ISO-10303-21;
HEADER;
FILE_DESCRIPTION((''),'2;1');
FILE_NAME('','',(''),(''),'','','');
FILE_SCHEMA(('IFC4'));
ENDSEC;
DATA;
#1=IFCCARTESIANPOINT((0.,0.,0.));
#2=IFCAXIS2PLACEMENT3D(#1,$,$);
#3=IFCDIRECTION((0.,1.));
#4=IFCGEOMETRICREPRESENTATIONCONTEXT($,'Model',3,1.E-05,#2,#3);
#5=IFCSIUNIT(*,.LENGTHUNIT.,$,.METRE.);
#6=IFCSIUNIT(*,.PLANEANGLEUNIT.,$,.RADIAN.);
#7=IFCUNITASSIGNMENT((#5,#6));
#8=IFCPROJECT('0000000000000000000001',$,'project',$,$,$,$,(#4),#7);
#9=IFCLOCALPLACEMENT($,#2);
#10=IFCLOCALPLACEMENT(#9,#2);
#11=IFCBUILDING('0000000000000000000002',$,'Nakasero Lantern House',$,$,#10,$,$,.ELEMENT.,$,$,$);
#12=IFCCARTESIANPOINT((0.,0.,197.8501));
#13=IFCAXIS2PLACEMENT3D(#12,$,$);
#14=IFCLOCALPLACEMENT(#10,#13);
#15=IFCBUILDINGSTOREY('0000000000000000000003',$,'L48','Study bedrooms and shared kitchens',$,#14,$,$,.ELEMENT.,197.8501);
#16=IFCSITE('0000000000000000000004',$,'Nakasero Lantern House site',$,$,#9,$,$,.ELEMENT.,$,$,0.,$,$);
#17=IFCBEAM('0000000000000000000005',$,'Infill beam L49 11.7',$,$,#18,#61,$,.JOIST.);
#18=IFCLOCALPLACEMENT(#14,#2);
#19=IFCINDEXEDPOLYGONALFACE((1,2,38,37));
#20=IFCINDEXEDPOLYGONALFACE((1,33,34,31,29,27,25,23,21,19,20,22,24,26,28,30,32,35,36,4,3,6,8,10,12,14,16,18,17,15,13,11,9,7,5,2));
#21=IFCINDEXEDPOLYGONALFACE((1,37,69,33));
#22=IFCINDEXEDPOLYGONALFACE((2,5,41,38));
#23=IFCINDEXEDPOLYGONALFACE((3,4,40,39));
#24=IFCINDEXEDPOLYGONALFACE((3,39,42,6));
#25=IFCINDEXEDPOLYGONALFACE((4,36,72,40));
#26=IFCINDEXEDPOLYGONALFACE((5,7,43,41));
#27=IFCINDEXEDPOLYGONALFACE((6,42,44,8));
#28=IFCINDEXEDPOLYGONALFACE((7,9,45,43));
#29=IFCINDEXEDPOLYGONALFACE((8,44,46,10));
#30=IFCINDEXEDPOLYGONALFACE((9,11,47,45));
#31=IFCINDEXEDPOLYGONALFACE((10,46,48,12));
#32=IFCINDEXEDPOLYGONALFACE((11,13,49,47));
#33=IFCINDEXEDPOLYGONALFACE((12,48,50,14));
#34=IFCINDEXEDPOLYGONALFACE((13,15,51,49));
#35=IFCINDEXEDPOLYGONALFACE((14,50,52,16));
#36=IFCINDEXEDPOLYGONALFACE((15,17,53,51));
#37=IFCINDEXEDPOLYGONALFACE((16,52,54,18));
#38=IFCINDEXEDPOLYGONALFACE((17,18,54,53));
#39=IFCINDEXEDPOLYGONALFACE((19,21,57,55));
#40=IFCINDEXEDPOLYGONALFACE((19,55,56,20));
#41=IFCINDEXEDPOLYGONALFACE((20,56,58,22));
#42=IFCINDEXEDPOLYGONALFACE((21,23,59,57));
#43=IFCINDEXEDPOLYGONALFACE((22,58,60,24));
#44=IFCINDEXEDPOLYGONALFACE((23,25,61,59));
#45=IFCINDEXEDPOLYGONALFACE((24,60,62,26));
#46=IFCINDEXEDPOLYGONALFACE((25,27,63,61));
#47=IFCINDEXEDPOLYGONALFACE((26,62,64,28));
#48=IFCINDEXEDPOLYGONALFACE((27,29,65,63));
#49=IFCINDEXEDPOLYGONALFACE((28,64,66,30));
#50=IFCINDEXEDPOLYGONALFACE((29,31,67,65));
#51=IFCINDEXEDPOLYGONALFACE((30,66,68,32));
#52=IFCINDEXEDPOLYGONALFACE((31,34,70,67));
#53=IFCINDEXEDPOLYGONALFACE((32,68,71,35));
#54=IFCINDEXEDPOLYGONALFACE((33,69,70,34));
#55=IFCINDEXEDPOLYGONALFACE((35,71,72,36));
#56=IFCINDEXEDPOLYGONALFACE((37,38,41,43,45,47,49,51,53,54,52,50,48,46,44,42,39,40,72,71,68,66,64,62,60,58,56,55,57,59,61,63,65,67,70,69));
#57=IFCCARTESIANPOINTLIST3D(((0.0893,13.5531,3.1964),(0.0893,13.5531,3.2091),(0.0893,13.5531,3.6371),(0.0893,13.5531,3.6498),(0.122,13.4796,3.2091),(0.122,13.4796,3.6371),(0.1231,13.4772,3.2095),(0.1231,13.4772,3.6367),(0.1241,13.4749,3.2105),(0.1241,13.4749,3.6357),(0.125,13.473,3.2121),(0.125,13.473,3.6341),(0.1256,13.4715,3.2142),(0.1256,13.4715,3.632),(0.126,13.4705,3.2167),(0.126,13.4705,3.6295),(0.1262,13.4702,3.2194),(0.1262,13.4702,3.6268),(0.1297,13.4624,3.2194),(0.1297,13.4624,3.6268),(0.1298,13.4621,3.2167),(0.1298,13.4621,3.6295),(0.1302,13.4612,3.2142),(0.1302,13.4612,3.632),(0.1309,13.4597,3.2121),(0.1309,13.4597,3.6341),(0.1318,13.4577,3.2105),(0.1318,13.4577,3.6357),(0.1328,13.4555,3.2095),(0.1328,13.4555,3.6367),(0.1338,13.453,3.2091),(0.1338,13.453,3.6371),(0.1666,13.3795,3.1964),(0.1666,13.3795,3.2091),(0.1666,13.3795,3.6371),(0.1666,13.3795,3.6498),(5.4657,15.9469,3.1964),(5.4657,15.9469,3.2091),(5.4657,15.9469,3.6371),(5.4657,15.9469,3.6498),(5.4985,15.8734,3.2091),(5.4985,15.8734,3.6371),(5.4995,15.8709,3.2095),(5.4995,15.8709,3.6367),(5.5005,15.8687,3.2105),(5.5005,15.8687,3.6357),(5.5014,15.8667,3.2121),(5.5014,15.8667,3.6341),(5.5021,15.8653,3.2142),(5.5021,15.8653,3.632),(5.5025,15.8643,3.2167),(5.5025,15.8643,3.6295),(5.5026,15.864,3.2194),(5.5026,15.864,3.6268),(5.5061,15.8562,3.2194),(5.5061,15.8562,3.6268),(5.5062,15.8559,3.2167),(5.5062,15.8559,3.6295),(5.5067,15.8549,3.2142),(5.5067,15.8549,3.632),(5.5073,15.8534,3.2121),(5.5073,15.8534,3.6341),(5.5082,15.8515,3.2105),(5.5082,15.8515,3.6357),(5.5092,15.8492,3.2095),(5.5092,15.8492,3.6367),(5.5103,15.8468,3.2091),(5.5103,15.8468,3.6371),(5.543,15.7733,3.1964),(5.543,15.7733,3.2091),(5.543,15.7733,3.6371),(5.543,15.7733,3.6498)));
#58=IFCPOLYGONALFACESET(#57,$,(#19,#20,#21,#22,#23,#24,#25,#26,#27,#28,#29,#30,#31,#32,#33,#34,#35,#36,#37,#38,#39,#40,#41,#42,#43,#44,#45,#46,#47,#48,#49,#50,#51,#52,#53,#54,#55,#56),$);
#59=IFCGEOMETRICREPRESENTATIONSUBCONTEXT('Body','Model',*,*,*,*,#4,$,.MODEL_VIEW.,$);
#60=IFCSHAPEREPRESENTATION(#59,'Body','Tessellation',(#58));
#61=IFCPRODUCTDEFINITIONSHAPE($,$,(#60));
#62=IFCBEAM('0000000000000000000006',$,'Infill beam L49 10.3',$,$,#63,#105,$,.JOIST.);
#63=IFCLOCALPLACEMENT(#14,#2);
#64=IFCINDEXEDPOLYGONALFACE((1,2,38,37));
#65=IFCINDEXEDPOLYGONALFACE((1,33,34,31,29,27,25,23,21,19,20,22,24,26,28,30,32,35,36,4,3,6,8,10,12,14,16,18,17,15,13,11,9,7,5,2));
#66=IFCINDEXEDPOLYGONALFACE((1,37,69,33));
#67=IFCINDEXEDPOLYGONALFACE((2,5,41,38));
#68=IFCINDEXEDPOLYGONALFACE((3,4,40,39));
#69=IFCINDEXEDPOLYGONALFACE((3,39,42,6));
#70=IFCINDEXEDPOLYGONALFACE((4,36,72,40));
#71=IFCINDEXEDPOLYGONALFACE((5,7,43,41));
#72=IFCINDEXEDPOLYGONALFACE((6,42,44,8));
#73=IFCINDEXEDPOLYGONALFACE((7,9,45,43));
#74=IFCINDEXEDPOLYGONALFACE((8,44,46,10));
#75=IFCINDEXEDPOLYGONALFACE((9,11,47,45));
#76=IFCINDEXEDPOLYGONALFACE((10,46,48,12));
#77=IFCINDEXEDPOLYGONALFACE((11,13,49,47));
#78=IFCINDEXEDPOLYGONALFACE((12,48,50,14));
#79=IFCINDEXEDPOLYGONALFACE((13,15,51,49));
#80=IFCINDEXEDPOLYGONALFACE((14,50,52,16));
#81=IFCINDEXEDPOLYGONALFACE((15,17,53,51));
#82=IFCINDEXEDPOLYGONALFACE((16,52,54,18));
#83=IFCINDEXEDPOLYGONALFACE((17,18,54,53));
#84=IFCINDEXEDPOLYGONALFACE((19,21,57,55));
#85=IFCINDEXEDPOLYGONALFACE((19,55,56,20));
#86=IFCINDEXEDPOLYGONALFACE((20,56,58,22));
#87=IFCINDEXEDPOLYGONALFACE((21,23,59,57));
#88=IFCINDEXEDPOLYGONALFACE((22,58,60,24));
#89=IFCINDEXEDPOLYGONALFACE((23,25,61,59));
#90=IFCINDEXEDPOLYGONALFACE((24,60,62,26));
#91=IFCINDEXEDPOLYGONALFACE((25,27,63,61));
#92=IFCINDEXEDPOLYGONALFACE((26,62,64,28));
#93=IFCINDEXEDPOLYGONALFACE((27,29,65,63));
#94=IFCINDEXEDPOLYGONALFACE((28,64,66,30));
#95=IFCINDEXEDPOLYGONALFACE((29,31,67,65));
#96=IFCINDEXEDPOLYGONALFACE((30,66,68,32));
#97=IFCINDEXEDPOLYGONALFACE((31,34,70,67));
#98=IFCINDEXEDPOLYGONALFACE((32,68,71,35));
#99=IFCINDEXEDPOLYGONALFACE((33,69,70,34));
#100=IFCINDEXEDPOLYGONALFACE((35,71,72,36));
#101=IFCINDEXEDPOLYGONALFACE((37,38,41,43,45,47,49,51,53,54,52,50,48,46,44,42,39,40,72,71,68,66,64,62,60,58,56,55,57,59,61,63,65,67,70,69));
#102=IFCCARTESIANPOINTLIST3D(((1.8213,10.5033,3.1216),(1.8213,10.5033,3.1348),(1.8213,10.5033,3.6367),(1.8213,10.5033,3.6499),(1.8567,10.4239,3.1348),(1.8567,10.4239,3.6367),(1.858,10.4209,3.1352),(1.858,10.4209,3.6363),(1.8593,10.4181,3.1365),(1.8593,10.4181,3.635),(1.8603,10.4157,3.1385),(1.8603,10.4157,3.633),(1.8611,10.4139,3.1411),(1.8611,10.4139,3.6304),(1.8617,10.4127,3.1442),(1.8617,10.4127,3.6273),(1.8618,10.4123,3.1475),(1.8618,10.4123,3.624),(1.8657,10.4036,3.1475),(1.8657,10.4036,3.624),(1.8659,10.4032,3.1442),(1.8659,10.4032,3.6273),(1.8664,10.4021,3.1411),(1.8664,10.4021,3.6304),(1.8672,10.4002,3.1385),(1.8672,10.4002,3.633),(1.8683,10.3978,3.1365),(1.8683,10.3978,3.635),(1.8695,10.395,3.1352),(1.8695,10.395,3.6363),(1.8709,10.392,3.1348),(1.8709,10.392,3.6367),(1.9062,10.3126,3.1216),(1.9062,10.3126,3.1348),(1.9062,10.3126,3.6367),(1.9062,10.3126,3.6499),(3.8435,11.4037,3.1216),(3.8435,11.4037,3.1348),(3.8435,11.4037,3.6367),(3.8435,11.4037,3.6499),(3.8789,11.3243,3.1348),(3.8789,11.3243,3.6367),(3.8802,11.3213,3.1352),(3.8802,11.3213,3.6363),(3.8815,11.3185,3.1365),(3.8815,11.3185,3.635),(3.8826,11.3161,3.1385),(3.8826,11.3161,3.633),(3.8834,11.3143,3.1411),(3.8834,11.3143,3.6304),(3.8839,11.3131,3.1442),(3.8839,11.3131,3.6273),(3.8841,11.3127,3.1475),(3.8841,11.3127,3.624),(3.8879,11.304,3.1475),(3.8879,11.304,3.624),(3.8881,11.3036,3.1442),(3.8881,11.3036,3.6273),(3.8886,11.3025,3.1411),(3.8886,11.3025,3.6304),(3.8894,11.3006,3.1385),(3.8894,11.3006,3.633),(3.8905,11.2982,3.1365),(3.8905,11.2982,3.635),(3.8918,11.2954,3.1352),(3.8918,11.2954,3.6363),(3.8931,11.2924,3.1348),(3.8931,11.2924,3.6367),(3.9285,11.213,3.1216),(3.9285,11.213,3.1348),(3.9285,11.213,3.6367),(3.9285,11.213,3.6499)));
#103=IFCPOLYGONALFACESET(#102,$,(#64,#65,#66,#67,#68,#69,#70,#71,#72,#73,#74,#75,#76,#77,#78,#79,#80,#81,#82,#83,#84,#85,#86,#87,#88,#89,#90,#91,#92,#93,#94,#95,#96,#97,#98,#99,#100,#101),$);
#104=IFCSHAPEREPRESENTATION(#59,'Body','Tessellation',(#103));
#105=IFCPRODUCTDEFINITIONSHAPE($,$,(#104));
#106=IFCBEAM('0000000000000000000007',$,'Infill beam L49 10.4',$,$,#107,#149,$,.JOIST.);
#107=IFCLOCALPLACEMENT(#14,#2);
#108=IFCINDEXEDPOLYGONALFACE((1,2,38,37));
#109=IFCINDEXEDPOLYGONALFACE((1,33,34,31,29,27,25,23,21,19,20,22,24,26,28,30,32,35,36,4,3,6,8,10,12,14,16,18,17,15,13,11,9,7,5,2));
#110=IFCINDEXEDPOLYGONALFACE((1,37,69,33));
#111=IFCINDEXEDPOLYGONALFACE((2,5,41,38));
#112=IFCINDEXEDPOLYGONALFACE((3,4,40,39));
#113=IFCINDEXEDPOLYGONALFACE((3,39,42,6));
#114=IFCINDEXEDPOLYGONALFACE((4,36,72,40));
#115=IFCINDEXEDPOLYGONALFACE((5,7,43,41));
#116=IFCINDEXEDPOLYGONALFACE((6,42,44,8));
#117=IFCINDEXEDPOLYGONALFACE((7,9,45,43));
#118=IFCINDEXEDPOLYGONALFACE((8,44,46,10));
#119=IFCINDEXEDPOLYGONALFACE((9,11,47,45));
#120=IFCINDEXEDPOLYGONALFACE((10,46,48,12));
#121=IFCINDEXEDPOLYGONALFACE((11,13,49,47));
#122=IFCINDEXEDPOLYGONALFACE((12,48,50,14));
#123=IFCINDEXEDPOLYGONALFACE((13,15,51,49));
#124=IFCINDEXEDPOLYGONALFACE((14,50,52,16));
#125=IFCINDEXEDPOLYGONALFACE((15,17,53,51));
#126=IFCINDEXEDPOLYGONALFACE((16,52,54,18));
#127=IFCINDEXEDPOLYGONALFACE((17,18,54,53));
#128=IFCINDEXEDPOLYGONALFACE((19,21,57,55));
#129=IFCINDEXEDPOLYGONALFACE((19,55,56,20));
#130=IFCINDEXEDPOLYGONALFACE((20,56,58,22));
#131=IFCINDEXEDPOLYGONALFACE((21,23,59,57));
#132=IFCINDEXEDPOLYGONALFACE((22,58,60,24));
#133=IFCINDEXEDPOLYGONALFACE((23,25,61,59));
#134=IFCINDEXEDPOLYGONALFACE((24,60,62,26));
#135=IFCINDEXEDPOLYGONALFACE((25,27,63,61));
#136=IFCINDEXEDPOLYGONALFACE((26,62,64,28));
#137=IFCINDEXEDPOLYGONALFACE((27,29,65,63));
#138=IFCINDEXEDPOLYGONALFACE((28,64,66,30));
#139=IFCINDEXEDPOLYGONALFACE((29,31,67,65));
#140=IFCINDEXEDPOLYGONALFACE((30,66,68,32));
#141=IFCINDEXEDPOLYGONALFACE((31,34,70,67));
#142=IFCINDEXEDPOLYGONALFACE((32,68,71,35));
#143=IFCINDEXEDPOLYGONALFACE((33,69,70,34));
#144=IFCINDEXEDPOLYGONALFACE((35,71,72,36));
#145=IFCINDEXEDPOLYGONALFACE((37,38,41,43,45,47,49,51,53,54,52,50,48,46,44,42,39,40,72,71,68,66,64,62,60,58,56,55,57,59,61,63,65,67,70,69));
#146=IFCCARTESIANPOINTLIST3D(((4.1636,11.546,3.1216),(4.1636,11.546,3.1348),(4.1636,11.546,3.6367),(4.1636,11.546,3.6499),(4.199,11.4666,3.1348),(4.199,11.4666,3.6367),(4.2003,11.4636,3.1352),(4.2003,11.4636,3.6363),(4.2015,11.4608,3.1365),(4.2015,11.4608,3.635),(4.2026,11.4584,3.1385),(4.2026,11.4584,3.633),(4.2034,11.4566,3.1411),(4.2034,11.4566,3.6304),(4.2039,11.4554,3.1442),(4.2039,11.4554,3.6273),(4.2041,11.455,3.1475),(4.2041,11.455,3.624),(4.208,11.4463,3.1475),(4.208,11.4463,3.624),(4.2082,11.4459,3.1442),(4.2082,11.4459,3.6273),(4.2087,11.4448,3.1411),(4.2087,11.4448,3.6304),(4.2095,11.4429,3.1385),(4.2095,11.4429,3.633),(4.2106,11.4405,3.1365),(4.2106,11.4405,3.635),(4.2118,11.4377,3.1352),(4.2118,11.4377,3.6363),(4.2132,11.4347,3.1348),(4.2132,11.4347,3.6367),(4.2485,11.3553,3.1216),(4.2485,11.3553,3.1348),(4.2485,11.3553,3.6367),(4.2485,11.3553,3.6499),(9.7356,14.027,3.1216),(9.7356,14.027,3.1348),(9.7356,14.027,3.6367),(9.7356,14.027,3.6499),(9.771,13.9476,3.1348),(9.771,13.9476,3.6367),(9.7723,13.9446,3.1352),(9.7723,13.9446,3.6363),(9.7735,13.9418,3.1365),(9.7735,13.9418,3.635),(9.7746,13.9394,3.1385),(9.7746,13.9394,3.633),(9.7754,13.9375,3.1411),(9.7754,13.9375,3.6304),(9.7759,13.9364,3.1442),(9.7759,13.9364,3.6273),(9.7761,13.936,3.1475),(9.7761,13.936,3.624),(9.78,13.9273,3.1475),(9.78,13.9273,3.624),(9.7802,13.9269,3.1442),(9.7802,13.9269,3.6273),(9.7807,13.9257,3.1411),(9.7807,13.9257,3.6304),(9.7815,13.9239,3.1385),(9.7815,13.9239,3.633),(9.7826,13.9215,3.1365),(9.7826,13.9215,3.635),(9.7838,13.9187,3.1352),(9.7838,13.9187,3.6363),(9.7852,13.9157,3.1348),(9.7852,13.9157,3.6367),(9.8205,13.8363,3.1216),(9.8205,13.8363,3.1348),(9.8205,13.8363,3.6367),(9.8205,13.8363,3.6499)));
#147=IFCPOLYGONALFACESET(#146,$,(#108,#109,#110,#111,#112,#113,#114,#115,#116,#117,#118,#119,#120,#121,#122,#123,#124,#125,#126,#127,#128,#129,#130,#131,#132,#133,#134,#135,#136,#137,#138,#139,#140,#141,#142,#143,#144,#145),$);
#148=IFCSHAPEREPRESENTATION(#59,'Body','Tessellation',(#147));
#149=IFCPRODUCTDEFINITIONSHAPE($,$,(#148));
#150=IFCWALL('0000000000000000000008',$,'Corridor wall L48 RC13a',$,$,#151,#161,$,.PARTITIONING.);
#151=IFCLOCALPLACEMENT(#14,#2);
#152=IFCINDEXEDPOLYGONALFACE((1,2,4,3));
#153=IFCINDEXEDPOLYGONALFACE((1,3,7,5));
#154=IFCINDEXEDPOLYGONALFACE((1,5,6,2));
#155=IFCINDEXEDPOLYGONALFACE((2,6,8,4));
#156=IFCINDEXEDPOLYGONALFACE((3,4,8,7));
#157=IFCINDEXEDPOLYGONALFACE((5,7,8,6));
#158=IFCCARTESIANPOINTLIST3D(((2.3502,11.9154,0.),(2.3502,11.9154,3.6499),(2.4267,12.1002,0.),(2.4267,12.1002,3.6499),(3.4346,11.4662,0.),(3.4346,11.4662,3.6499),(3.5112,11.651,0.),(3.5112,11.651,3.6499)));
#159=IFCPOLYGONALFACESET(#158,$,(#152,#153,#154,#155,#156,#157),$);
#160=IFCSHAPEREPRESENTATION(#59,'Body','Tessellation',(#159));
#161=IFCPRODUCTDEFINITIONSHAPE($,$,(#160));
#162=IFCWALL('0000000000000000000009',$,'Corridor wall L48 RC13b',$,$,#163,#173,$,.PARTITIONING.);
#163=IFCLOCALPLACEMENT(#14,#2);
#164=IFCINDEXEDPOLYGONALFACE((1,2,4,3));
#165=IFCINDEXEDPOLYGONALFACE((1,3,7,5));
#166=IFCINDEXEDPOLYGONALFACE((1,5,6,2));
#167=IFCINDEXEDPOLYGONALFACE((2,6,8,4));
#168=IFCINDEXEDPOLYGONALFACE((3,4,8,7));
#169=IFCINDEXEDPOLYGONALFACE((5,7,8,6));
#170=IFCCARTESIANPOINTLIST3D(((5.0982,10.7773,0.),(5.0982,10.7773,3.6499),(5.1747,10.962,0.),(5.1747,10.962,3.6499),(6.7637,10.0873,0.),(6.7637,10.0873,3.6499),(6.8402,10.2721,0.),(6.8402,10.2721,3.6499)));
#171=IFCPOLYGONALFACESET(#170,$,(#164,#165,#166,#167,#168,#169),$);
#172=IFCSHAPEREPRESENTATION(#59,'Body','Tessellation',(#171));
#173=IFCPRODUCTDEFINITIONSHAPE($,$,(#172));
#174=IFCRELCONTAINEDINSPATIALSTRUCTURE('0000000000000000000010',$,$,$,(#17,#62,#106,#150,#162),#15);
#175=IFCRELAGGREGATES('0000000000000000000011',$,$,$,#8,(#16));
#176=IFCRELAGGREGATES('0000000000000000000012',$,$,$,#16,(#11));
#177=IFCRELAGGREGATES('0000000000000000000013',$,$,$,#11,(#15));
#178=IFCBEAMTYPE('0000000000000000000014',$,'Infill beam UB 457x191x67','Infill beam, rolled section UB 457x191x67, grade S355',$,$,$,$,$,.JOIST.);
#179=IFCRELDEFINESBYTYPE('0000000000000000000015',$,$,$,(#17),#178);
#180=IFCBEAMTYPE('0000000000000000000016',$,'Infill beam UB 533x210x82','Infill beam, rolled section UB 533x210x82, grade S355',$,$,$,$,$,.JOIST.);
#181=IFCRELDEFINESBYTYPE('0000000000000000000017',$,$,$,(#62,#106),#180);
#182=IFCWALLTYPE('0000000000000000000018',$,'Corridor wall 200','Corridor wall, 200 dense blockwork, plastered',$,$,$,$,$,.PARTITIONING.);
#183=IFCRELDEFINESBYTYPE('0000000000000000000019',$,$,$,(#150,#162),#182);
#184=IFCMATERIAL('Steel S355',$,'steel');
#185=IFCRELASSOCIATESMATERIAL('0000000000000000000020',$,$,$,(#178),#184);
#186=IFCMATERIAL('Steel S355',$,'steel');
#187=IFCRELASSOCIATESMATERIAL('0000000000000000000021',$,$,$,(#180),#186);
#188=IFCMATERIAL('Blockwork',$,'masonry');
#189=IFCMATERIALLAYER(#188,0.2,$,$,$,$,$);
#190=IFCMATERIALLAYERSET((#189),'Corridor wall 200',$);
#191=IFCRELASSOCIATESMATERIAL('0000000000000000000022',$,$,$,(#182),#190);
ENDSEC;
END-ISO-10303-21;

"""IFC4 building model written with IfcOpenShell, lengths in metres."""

from ifc_helpers import new_model, si_unit, direction, frame, frame_2d, origin, origin_2d, place, context, subcontext, project, spatial, rectangle, i_section, extrude, material, layer, layer_set, material_profile, profile_set, type_object, element, save


model = new_model("IFC4")

# Units and contexts
model_context = context("Model", 3, precision=1e-05, world=origin(), true_north=direction((0.0, 1.0)))
body_context = subcontext(model_context, "Body", "Model", "MODEL_VIEW")
ifc_project = project(units=[si_unit("LENGTHUNIT", "METRE"), si_unit("PLANEANGLEUNIT", "RADIAN")], contexts=[model_context])

# Site, building, storey
site_placement = place(None, origin())
site = spatial("IfcSite", under=ifc_project, at=site_placement, Name="Nakasero Lantern House site", CompositionType="ELEMENT", RefElevation=0.0)
building_placement = place(site_placement, origin())
building = spatial("IfcBuilding", under=site, at=building_placement, Name="Nakasero Lantern House", CompositionType="ELEMENT")
storey_placement = place(building_placement, frame((0.0, 0.0, 197.8501)))
storey = spatial("IfcBuildingStorey", under=building, at=storey_placement, Name="L48", Description="Study bedrooms and shared kitchens", CompositionType="ELEMENT", Elevation=197.8501)

# Beams
ifc_material_1 = material(Name="Steel S355", Category="steel")
ifc_material_profile_1 = material_profile(ifc_material_1, i_section(OverallWidth=0.1899, OverallDepth=0.4534, WebThickness=0.0085, FlangeThickness=0.0127, FilletRadius=0.0103, at=origin_2d()), Name="UB 457x191x67")
ifc_profile_set_1 = profile_set([ifc_material_profile_1], Name="Steel S355")
beam_type_1 = type_object("IfcBeamType", Name="Infill beam UB 457x191x67", Description="Infill beam, rolled section UB 457x191x67, grade S355", PredefinedType="JOIST", material=ifc_profile_set_1)
beam_1_placement = place(storey_placement, frame((0.1279, 13.4663, 3.4231), z_axis=(0.913543, 0.406743, 0.0), x_axis=(-0.406743, 0.913543, 0.0)))
element("IfcBeam", 1, at=beam_1_placement, inside=storey, type_object=beam_type_1, Name="Infill beam L49 11.7", PredefinedType="JOIST", context=body_context, shape_type="SweptSolid", body=[
    extrude(i_section(OverallWidth=0.1899, OverallDepth=0.4534, WebThickness=0.0085, FlangeThickness=0.0127, FilletRadius=0.0103, at=origin_2d()), origin(), (0.0, 0.0, 1.0), 5.8853),
])
ifc_material_2 = material(Name="Steel S355", Category="steel")
ifc_material_profile_2 = material_profile(ifc_material_2, i_section(OverallWidth=0.2087, OverallDepth=0.5283, WebThickness=0.0095, FlangeThickness=0.0132, FilletRadius=0.0127, at=origin_2d()), Name="UB 533x210x82")
ifc_profile_set_2 = profile_set([ifc_material_profile_2], Name="Steel S355")
beam_type_2 = type_object("IfcBeamType", Name="Infill beam UB 533x210x82", Description="Infill beam, rolled section UB 533x210x82, grade S355", PredefinedType="JOIST", material=ifc_profile_set_2)
beam_2_placement = place(storey_placement, frame((1.8638, 10.408, 3.3857), z_axis=(0.913538, 0.406752, 0.0), x_axis=(-0.406752, 0.913538, 0.0)))
element("IfcBeam", 2, at=beam_2_placement, inside=storey, type_object=beam_type_2, Name="Infill beam L49 10.3", PredefinedType="JOIST", context=body_context, shape_type="SweptSolid", body=[
    extrude(i_section(OverallWidth=0.2087, OverallDepth=0.5283, WebThickness=0.0095, FlangeThickness=0.0132, FilletRadius=0.0127, at=origin_2d()), origin(), (0.0, 0.0, 1.0), 2.2136),
])
beam_3_placement = place(storey_placement, frame((4.2061, 11.4507, 3.3857), z_axis=(0.913537, 0.406755, 0.0), x_axis=(-0.406755, 0.913537, 0.0)))
element("IfcBeam", 3, at=beam_3_placement, inside=storey, type_object=beam_type_2, Name="Infill beam L49 10.4", PredefinedType="JOIST", context=body_context, shape_type="SweptSolid", body=[
    extrude(i_section(OverallWidth=0.2087, OverallDepth=0.5283, WebThickness=0.0095, FlangeThickness=0.0132, FilletRadius=0.0127, at=origin_2d()), origin(), (0.0, 0.0, 1.0), 6.0994),
])

# Walls
ifc_material_3 = material(Name="Blockwork", Category="masonry")
ifc_layer_1 = layer(ifc_material_3, 0.2)
ifc_layer_set_1 = layer_set([ifc_layer_1], Name="Corridor wall 200")
wall_type_1 = type_object("IfcWallType", Name="Corridor wall 200", Description="Corridor wall, 200 dense blockwork, plastered", PredefinedType="PARTITIONING", material=ifc_layer_set_1)
wall_1_placement = place(storey_placement, frame((2.3884, 12.0078, 0.0), z_axis=(0.0, 0.0, 1.0), x_axis=(0.923875, -0.382695, 0.0)))
element("IfcWall", 4, at=wall_1_placement, inside=storey, type_object=wall_type_1, Name="Corridor wall L48 RC13a", PredefinedType="PARTITIONING", context=body_context, shape_type="SweptSolid", body=[
    extrude(rectangle(XDim=1.1738, YDim=0.2, at=frame_2d((0.5869, 0.0))), origin(), (0.0, 0.0, 1.0), 3.6499),
])
wall_2_placement = place(storey_placement, frame((5.1365, 10.8696, 0.0), z_axis=(0.0, 0.0, 1.0), x_axis=(0.923868, -0.382711, 0.0)))
element("IfcWall", 5, at=wall_2_placement, inside=storey, type_object=wall_type_1, Name="Corridor wall L48 RC13b", PredefinedType="PARTITIONING", context=body_context, shape_type="SweptSolid", body=[
    extrude(rectangle(XDim=1.8027, YDim=0.2, at=frame_2d((0.9014, 0.0))), origin(), (0.0, 0.0, 1.0), 3.6499),
])

save(model, "model.ifc")
